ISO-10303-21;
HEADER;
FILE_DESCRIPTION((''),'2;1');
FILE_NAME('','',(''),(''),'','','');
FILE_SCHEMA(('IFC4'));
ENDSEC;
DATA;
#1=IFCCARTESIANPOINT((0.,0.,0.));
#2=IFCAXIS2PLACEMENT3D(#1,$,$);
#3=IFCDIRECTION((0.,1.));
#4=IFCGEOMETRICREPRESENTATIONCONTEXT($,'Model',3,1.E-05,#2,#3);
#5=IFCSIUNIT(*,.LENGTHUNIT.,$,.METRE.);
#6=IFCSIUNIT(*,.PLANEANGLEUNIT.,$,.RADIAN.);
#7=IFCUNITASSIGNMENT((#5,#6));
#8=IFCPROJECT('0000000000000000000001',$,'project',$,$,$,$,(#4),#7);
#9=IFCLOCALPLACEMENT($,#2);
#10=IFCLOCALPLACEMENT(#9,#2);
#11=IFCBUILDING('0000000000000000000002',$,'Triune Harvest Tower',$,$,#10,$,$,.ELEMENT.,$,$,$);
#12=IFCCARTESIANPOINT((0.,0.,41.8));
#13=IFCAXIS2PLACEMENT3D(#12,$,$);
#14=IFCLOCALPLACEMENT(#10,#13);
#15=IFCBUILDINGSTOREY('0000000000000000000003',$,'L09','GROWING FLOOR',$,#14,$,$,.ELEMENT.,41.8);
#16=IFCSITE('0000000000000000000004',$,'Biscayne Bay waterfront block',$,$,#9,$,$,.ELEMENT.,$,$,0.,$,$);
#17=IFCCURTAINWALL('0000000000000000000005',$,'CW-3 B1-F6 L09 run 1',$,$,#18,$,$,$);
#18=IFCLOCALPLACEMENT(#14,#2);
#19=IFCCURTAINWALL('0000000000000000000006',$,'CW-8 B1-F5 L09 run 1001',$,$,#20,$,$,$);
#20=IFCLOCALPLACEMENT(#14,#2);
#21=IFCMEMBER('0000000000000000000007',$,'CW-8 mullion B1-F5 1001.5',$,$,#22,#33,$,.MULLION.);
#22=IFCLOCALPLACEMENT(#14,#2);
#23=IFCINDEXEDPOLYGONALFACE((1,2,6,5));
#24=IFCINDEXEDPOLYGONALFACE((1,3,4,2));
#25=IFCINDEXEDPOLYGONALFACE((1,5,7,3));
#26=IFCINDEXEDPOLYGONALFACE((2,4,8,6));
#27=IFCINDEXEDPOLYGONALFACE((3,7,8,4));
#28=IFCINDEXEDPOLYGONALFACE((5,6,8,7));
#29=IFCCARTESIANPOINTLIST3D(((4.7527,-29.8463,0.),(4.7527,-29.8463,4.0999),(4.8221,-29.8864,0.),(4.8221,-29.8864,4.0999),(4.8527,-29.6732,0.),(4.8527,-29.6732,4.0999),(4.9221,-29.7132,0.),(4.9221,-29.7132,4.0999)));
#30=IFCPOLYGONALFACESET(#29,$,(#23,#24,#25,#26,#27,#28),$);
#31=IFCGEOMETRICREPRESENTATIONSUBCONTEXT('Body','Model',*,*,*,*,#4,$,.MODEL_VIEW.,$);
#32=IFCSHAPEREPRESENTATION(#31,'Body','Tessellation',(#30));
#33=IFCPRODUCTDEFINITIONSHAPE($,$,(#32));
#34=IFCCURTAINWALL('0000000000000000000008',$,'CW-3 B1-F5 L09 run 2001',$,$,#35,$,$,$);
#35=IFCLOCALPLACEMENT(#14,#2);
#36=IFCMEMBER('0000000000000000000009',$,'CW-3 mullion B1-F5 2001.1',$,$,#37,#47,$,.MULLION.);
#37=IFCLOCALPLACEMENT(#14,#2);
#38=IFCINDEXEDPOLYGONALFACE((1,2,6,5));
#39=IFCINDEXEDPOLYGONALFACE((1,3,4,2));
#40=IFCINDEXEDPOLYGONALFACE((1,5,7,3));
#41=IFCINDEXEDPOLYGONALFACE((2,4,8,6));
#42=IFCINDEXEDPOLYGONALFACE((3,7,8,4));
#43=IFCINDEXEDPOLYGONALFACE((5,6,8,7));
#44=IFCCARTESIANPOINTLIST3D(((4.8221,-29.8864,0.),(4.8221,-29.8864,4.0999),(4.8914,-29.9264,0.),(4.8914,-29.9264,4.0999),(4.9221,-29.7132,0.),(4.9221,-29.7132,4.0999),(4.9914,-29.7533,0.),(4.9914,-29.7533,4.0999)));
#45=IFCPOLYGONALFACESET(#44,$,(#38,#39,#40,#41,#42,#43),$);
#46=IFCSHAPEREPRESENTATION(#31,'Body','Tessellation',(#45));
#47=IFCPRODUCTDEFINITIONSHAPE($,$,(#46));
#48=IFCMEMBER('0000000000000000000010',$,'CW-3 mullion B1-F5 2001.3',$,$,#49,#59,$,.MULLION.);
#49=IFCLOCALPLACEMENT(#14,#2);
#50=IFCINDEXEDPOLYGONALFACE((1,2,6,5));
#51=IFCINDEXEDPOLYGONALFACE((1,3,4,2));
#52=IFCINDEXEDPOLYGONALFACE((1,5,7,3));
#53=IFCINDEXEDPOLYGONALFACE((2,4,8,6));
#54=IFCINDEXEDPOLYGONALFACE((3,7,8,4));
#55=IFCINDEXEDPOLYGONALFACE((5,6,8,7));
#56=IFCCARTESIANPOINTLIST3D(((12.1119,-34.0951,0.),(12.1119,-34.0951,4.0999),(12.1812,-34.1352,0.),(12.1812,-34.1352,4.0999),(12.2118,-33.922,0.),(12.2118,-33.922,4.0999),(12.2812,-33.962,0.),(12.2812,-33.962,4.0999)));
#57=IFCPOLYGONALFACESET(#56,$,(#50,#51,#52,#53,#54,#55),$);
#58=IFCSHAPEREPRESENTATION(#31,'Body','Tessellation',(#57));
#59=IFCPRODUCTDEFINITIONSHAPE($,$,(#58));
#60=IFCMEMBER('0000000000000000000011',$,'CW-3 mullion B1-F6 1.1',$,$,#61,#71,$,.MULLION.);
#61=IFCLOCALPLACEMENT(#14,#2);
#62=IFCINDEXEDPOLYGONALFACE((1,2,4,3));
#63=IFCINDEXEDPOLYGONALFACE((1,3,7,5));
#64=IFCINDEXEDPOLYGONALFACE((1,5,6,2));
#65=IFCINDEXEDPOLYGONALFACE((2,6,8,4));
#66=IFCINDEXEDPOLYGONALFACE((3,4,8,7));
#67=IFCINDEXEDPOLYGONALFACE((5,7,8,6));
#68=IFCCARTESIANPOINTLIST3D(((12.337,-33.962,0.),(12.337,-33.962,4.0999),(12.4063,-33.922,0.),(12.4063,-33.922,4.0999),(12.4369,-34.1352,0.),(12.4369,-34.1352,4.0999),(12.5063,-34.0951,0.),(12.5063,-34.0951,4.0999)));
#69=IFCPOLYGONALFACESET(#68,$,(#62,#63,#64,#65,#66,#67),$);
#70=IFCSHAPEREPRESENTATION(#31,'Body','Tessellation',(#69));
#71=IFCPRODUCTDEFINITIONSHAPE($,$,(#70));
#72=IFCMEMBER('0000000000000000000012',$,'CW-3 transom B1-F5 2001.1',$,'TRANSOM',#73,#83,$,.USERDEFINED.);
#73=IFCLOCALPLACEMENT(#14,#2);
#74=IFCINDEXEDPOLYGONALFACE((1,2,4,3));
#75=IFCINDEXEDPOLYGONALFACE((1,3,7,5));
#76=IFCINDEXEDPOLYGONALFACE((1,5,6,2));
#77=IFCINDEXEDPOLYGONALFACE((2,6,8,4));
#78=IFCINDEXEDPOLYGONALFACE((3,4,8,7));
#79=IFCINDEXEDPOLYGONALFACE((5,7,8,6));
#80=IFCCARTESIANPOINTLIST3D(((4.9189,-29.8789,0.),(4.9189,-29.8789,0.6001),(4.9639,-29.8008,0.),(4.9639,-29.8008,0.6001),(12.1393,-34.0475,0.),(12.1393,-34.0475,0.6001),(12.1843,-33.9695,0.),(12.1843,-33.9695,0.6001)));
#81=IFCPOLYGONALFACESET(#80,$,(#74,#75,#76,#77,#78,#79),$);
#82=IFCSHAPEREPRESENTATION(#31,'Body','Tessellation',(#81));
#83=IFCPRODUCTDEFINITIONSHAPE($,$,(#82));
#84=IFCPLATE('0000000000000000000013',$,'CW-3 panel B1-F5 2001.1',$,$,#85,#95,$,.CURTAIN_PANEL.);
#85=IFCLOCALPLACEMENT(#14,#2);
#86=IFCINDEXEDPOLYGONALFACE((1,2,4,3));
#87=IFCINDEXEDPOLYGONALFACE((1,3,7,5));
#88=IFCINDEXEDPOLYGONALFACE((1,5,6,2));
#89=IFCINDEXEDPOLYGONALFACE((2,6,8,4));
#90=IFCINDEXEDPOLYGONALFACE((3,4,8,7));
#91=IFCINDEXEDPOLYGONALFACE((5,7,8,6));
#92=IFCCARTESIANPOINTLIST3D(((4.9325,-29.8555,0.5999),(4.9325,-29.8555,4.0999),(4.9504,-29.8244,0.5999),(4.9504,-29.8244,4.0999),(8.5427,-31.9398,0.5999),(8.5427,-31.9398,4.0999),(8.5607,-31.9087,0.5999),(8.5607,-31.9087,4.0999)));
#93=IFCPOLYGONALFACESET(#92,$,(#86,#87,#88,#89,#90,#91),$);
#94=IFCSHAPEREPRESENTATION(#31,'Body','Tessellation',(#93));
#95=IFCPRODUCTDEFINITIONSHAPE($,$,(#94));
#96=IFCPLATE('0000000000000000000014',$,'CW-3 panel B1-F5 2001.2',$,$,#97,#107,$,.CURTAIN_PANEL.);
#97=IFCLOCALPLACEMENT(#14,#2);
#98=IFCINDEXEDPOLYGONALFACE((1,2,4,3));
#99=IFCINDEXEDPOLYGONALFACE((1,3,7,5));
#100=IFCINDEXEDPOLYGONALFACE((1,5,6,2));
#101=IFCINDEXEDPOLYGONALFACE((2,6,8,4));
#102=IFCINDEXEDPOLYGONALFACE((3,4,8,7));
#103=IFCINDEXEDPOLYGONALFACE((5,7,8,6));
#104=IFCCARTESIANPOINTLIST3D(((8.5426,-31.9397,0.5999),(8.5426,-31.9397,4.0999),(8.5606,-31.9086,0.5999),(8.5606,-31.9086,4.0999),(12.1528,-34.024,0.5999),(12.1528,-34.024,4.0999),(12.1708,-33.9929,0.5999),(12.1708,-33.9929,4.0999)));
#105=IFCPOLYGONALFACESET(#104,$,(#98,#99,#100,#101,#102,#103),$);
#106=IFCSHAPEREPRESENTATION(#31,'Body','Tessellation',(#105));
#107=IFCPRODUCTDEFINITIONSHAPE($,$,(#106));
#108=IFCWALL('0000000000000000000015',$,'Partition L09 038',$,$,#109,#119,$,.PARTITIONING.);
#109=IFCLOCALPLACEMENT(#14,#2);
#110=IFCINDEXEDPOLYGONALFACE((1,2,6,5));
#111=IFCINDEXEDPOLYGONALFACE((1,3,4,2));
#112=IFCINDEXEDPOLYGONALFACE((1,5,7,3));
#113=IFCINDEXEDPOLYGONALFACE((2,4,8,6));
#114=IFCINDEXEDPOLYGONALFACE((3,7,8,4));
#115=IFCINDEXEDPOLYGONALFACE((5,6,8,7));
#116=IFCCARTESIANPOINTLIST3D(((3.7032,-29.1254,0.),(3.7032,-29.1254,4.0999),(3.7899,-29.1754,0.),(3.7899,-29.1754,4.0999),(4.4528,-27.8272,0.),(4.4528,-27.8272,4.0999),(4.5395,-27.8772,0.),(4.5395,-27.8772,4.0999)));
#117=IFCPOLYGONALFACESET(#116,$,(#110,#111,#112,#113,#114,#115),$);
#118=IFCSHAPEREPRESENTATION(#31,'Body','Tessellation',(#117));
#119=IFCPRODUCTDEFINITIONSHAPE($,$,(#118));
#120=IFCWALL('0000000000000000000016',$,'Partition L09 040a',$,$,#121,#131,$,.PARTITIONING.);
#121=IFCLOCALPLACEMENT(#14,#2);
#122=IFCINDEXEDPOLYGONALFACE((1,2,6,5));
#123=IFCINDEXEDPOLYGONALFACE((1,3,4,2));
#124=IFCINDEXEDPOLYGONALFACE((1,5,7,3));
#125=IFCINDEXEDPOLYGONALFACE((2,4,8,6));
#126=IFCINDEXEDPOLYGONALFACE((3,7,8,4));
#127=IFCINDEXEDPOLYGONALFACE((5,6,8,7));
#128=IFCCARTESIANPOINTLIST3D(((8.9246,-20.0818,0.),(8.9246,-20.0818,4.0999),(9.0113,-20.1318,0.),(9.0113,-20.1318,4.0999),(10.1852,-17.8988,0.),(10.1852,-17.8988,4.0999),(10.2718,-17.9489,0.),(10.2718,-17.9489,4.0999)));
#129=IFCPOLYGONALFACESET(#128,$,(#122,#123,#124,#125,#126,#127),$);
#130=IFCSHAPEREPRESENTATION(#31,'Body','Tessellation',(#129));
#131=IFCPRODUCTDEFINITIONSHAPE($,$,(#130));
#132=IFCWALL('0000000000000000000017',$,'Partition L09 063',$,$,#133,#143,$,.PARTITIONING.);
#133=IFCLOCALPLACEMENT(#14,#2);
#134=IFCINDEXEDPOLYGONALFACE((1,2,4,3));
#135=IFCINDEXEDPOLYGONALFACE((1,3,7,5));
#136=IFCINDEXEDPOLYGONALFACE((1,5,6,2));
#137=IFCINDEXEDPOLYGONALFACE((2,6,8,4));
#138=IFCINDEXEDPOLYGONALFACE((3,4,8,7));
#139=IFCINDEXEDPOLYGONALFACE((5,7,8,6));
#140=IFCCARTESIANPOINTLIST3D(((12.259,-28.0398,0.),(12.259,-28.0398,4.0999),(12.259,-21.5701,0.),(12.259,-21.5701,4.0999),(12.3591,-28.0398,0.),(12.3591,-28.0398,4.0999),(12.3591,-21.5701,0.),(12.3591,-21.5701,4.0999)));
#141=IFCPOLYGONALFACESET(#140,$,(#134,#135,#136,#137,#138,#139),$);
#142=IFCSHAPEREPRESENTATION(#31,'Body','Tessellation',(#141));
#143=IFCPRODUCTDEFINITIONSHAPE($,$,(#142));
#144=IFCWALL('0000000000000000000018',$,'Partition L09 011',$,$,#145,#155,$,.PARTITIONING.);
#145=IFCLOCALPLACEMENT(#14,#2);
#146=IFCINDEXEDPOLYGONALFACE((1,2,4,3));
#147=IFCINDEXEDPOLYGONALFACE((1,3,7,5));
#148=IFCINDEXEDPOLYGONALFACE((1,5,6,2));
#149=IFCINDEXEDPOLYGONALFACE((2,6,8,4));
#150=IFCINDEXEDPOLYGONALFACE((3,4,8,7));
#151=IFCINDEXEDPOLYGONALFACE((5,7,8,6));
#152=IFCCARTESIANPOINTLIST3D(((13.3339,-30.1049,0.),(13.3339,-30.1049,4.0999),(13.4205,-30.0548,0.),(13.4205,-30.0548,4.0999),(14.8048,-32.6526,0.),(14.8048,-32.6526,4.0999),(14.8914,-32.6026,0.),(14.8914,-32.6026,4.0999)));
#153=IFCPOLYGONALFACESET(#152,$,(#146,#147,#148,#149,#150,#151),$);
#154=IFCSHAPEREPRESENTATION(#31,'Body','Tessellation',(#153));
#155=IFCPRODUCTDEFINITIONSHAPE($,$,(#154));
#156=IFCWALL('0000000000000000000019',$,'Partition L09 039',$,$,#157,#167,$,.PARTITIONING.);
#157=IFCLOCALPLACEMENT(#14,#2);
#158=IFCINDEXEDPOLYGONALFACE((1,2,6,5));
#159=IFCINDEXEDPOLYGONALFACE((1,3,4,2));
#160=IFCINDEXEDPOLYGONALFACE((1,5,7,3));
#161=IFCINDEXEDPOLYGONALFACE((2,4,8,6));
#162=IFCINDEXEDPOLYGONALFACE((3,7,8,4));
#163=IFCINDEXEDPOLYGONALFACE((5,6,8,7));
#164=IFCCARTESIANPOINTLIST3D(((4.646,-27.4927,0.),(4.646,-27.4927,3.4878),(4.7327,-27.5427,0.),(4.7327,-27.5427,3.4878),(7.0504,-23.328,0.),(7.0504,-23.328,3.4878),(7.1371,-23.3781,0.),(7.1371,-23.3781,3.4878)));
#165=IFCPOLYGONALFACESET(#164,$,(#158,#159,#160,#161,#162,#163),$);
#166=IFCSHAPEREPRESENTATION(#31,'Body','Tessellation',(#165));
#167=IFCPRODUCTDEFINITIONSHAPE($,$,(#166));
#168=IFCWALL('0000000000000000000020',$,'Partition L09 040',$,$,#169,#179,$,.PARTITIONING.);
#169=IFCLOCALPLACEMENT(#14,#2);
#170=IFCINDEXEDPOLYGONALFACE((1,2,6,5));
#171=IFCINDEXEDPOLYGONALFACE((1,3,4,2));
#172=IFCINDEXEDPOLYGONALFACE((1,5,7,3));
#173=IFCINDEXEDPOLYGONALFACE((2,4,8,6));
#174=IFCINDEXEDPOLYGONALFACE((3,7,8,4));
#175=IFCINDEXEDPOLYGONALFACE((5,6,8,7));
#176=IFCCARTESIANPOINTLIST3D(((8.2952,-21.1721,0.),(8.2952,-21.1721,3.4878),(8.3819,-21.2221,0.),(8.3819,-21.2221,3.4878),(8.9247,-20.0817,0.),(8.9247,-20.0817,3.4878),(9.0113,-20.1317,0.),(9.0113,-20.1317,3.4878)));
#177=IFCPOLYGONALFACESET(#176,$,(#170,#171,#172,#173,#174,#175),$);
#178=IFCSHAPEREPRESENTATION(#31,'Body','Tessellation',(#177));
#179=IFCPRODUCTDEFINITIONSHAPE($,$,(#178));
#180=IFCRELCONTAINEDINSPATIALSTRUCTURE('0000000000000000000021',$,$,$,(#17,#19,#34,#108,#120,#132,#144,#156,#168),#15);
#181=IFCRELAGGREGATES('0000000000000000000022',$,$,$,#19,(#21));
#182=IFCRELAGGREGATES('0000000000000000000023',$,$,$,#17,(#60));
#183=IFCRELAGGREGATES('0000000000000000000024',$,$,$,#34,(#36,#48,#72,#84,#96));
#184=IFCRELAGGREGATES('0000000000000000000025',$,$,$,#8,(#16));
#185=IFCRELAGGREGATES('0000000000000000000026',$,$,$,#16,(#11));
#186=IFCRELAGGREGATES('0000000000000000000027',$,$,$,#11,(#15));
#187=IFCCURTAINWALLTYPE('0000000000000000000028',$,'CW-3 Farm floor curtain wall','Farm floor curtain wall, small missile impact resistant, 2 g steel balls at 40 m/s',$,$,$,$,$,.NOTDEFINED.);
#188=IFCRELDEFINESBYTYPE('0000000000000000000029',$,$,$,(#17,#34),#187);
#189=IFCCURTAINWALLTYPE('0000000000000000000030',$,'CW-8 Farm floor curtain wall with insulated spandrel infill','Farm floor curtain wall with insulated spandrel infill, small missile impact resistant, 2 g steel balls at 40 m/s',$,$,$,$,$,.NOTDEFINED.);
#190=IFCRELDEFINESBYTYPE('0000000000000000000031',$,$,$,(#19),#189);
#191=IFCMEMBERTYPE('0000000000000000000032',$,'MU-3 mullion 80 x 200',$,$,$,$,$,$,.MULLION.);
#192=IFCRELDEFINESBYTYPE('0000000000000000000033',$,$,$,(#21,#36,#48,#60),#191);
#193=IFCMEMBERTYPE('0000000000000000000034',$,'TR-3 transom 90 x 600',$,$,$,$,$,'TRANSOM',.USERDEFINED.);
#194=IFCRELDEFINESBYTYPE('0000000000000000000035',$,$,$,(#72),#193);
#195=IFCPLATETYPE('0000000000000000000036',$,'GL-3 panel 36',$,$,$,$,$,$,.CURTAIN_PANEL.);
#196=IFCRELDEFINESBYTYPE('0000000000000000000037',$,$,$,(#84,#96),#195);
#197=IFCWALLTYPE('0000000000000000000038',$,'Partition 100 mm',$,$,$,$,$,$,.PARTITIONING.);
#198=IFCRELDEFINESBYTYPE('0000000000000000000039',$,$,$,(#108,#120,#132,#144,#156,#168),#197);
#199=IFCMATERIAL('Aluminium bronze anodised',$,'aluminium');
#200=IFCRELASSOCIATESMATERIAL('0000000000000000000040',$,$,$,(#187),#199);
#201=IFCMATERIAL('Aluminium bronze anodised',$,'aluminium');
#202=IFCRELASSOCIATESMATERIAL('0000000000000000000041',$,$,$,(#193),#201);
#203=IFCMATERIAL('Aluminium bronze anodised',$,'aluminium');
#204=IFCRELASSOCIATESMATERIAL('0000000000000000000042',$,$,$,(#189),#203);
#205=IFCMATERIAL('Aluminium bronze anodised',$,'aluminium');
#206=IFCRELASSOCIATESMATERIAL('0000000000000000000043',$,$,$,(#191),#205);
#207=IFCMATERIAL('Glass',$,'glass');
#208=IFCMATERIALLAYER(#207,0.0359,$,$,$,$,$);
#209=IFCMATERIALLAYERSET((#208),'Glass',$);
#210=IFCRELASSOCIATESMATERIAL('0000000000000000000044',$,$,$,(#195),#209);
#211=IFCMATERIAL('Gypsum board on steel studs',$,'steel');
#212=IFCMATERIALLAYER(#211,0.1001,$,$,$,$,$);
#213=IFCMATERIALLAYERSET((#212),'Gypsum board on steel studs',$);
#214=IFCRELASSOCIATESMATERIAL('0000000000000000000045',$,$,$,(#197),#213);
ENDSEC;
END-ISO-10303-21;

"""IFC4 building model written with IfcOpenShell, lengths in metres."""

from ifc_helpers import new_model, si_unit, direction, frame, frame_2d, origin, origin_2d, place, context, subcontext, project, spatial, rectangle, extrude, source, transform, mapped, material, layer, layer_set, material_profile, profile_set, type_object, element, aggregate, save


model = new_model("IFC4")

# Units and contexts
model_context = context("Model", 3, precision=1e-05, world=origin(), true_north=direction((0.0, 1.0)))
body_context = subcontext(model_context, "Body", "Model", "MODEL_VIEW")
ifc_project = project(units=[si_unit("LENGTHUNIT", "METRE"), si_unit("PLANEANGLEUNIT", "RADIAN")], contexts=[model_context])

# Site, building, storey
site_placement = place(None, origin())
site = spatial("IfcSite", under=ifc_project, at=site_placement, Name="Biscayne Bay waterfront block", CompositionType="ELEMENT", RefElevation=0.0)
building_placement = place(site_placement, origin())
building = spatial("IfcBuilding", under=site, at=building_placement, Name="Triune Harvest Tower", CompositionType="ELEMENT")
storey_placement = place(building_placement, frame((0.0, 0.0, 41.8)))
storey = spatial("IfcBuildingStorey", under=building, at=storey_placement, Name="L09", Description="GROWING FLOOR", CompositionType="ELEMENT", Elevation=41.8)

# Curtain walls, member
ifc_material_1 = material(Name="Aluminium bronze anodised", Category="aluminium")
curtain_wall_type_1 = type_object("IfcCurtainWallType", Name="CW-3 Farm floor curtain wall", Description="Farm floor curtain wall, small missile impact resistant, 2 g steel balls at 40 m/s", PredefinedType="NOTDEFINED", material=ifc_material_1)
curtain_wall_1_placement = place(storey_placement, origin())
curtain_wall_1 = element("IfcCurtainWall", 1, at=curtain_wall_1_placement, inside=storey, type_object=curtain_wall_type_1, Name="CW-3 B1-F6 L09 run 1")
ifc_material_2 = material(Name="Aluminium bronze anodised", Category="aluminium")
ifc_material_profile_1 = material_profile(ifc_material_2, rectangle(XDim=0.0901, YDim=0.6001, at=origin_2d()), Name="TR-3 transom 90 x 600")
ifc_profile_set_1 = profile_set([ifc_material_profile_1], Name="Aluminium bronze anodised")
member_type_1 = type_object("IfcMemberType", Name="TR-3 transom 90 x 600", ElementType="TRANSOM", PredefinedType="USERDEFINED", material=ifc_profile_set_1)
ifc_material_3 = material(Name="Aluminium bronze anodised", Category="aluminium")
curtain_wall_type_2 = type_object("IfcCurtainWallType", Name="CW-8 Farm floor curtain wall with insulated spandrel infill", Description="Farm floor curtain wall with insulated spandrel infill, small missile impact resistant, 2 g steel balls at 40 m/s", PredefinedType="NOTDEFINED", material=ifc_material_3)
curtain_wall_2_placement = place(storey_placement, origin())
curtain_wall_2 = element("IfcCurtainWall", 2, at=curtain_wall_2_placement, inside=storey, type_object=curtain_wall_type_2, Name="CW-8 B1-F5 L09 run 1001")
ifc_material_4 = material(Name="Aluminium bronze anodised", Category="aluminium")
ifc_material_profile_2 = material_profile(ifc_material_4, rectangle(XDim=0.2, YDim=0.0801, at=origin_2d()), Name="MU-3 mullion 80 x 200")
ifc_profile_set_2 = profile_set([ifc_material_profile_2], Name="Aluminium bronze anodised")
member_type_2 = type_object("IfcMemberType", Name="MU-3 mullion 80 x 200", PredefinedType="MULLION", material=ifc_profile_set_2)
shared_shape_1 = source(origin(), body_context, "Body", "SweptSolid", [
    extrude(rectangle(XDim=0.2, YDim=0.0801, at=origin_2d()), origin(), (0.0, 0.0, 1.0), 4.0999),
])
member_1_placement = place(storey_placement, frame((4.8374, -29.7798, 0.0), z_axis=(0.0, 0.0, 1.0), x_axis=(0.500003, 0.866024, 0.0)))
member_1 = element("IfcMember", 3, at=member_1_placement, type_object=member_type_2, Name="CW-8 mullion B1-F5 1001.5", PredefinedType="MULLION", context=body_context, shape_type="MappedRepresentation", body=[
    mapped(shared_shape_1, transform((0.0, 0.0, 0.0), scale=1.0)),
])
aggregate(curtain_wall_2, [member_1])

# Curtain wall, members
curtain_wall_3_placement = place(storey_placement, origin())
curtain_wall_3 = element("IfcCurtainWall", 4, at=curtain_wall_3_placement, inside=storey, type_object=curtain_wall_type_1, Name="CW-3 B1-F5 L09 run 2001")
member_2_placement = place(storey_placement, frame((4.9067, -29.8198, 0.0), z_axis=(0.0, 0.0, 1.0), x_axis=(0.499995, 0.866028, 0.0)))
member_2 = element("IfcMember", 5, at=member_2_placement, type_object=member_type_2, Name="CW-3 mullion B1-F5 2001.1", PredefinedType="MULLION", context=body_context, shape_type="MappedRepresentation", body=[
    mapped(shared_shape_1, transform((0.0, 0.0, 0.0), scale=1.0)),
])
member_3_placement = place(storey_placement, frame((12.1965, -34.0286, 0.0), z_axis=(0.0, 0.0, 1.0), x_axis=(0.499995, 0.866028, 0.0)))
member_3 = element("IfcMember", 6, at=member_3_placement, type_object=member_type_2, Name="CW-3 mullion B1-F5 2001.3", PredefinedType="MULLION", context=body_context, shape_type="MappedRepresentation", body=[
    mapped(shared_shape_1, transform((0.0, 0.0, 0.0), scale=1.0)),
])

# Members
member_4_placement = place(storey_placement, frame((12.4216, -34.0286, 0.0), z_axis=(0.0, 0.0, 1.0), x_axis=(-0.499999, 0.866026, 0.0)))
member_4 = element("IfcMember", 7, at=member_4_placement, type_object=member_type_2, Name="CW-3 mullion B1-F6 1.1", PredefinedType="MULLION", context=body_context, shape_type="MappedRepresentation", body=[
    mapped(shared_shape_1, transform((0.0, 0.0, 0.0), scale=1.0)),
])
aggregate(curtain_wall_1, [member_4])
shared_shape_2 = source(origin(), body_context, "Body", "SweptSolid", [
    extrude(rectangle(XDim=0.0901, YDim=0.6001, at=origin_2d()), origin(), (0.0, 0.0, 1.0), 8.3374),
])
member_5_placement = place(storey_placement, frame((4.9414, -29.8398, 0.3), z_axis=(0.866027, -0.499997, 0.0), x_axis=(0.499997, 0.866027, 0.0)))
member_5 = element("IfcMember", 8, at=member_5_placement, type_object=member_type_1, Name="CW-3 transom B1-F5 2001.1", ObjectType="TRANSOM", PredefinedType="USERDEFINED", context=body_context, shape_type="MappedRepresentation", body=[
    mapped(shared_shape_2, transform((0.0, 0.0, 0.0), scale=1.0)),
])

# Plates
ifc_material_5 = material(Name="Glass", Category="glass")
ifc_layer_1 = layer(ifc_material_5, 0.0359)
ifc_layer_set_1 = layer_set([ifc_layer_1], Name="Glass")
plate_type = type_object("IfcPlateType", Name="GL-3 panel 36", PredefinedType="CURTAIN_PANEL", material=ifc_layer_set_1)
shared_shape_3 = source(origin(), body_context, "Body", "SweptSolid", [
    extrude(rectangle(XDim=4.1687, YDim=0.0359, at=origin_2d()), origin(), (0.0, 0.0, 1.0), 3.5),
])
plate_1_placement = place(storey_placement, frame((6.7466, -30.8821, 0.5999), z_axis=(0.0, 0.0, 1.0), x_axis=(0.866028, -0.499995, 0.0)))
plate_1 = element("IfcPlate", 9, at=plate_1_placement, type_object=plate_type, Name="CW-3 panel B1-F5 2001.1", PredefinedType="CURTAIN_PANEL", context=body_context, shape_type="MappedRepresentation", body=[
    mapped(shared_shape_3, transform((0.0, 0.0, 0.0), scale=1.0)),
])
plate_2_placement = place(storey_placement, frame((10.3567, -32.9663, 0.5999), z_axis=(0.0, 0.0, 1.0), x_axis=(0.866028, -0.499995, 0.0)))
plate_2 = element("IfcPlate", 10, at=plate_2_placement, type_object=plate_type, Name="CW-3 panel B1-F5 2001.2", PredefinedType="CURTAIN_PANEL", context=body_context, shape_type="MappedRepresentation", body=[
    mapped(shared_shape_3, transform((0.0, 0.0, 0.0), scale=1.0)),
])
aggregate(curtain_wall_3, [member_2, member_3, member_5, plate_1, plate_2])

# Walls
ifc_material_6 = material(Name="Gypsum board on steel studs", Category="steel")
ifc_layer_2 = layer(ifc_material_6, 0.1001)
ifc_layer_set_2 = layer_set([ifc_layer_2], Name="Gypsum board on steel studs")
wall_type_1 = type_object("IfcWallType", Name="Partition 100 mm", PredefinedType="PARTITIONING", material=ifc_layer_set_2)
wall_1_placement = place(storey_placement, frame((3.7466, -29.1504, 0.0), z_axis=(0.0, 0.0, 1.0), x_axis=(0.500028, 0.866009, 0.0)))
element("IfcWall", 11, at=wall_1_placement, inside=storey, type_object=wall_type_1, Name="Partition L09 038", PredefinedType="PARTITIONING", context=body_context, shape_type="SweptSolid", body=[
    extrude(rectangle(XDim=1.499, YDim=0.1001, at=frame_2d((0.7495, 0.0))), origin(), (0.0, 0.0, 1.0), 4.0999),
])
wall_2_placement = place(storey_placement, frame((8.968, -20.1067, 0.0), z_axis=(0.0, 0.0, 1.0), x_axis=(0.500066, 0.865987, 0.0)))
element("IfcWall", 12, at=wall_2_placement, inside=storey, type_object=wall_type_1, Name="Partition L09 040a", PredefinedType="PARTITIONING", context=body_context, shape_type="SweptSolid", body=[
    extrude(rectangle(XDim=2.5208, YDim=0.1001, at=frame_2d((1.2603, 0.0))), origin(), (0.0, 0.0, 1.0), 4.0999),
])
wall_3_placement = place(storey_placement, frame((12.3091, -28.0398, 0.0), z_axis=(0.0, 0.0, 1.0), x_axis=(0.0, 1.0, 0.0)))
element("IfcWall", 13, at=wall_3_placement, inside=storey, type_object=wall_type_1, Name="Partition L09 063", PredefinedType="PARTITIONING", context=body_context, shape_type="SweptSolid", body=[
    extrude(rectangle(XDim=6.4697, YDim=0.1001, at=frame_2d((3.2349, 0.0))), origin(), (0.0, 0.0, 1.0), 4.0999),
])
shared_shape_4 = source(origin(), body_context, "Body", "SweptSolid", [
    extrude(rectangle(XDim=2.9419, YDim=0.1001, at=frame_2d((1.4709, 0.0))), origin(), (0.0, 0.0, 1.0), 4.0999),
])
wall_4_placement = place(storey_placement, frame((13.3772, -30.0798, 0.0), z_axis=(0.0, 0.0, 1.0), x_axis=(0.499986, -0.866034, 0.0)))
element("IfcWall", 14, at=wall_4_placement, inside=storey, type_object=wall_type_1, Name="Partition L09 011", PredefinedType="PARTITIONING", context=body_context, shape_type="MappedRepresentation", body=[
    mapped(shared_shape_4, transform((0.0, 0.0, 0.0), scale=1.0)),
])
shared_shape_5 = source(origin(), body_context, "Body", "SweptSolid", [
    extrude(rectangle(XDim=4.8088, YDim=0.1001, at=frame_2d((2.4043, 0.0))), origin(), (0.0, 0.0, 1.0), 3.4878),
])
wall_5_placement = place(storey_placement, frame((4.6895, -27.5176, 0.0), z_axis=(0.0, 0.0, 1.0), x_axis=(0.499983, 0.866035, 0.0)))
element("IfcWall", 15, at=wall_5_placement, inside=storey, type_object=wall_type_1, Name="Partition L09 039", PredefinedType="PARTITIONING", context=body_context, shape_type="MappedRepresentation", body=[
    mapped(shared_shape_5, transform((0.0, 0.0, 0.0), scale=1.0)),
])
shared_shape_6 = source(origin(), body_context, "Body", "SweptSolid", [
    extrude(rectangle(XDim=1.259, YDim=0.1001, at=frame_2d((0.6294, 0.0))), origin(), (0.0, 0.0, 1.0), 3.4878),
])
wall_6_placement = place(storey_placement, frame((8.3386, -21.197, 0.0), z_axis=(0.0, 0.0, 1.0), x_axis=(0.499935, 0.866063, 0.0)))
element("IfcWall", 16, at=wall_6_placement, inside=storey, type_object=wall_type_1, Name="Partition L09 040", PredefinedType="PARTITIONING", context=body_context, shape_type="MappedRepresentation", body=[
    mapped(shared_shape_6, transform((0.0, 0.0, 0.0), scale=1.0)),
])

save(model, "model.ifc")
